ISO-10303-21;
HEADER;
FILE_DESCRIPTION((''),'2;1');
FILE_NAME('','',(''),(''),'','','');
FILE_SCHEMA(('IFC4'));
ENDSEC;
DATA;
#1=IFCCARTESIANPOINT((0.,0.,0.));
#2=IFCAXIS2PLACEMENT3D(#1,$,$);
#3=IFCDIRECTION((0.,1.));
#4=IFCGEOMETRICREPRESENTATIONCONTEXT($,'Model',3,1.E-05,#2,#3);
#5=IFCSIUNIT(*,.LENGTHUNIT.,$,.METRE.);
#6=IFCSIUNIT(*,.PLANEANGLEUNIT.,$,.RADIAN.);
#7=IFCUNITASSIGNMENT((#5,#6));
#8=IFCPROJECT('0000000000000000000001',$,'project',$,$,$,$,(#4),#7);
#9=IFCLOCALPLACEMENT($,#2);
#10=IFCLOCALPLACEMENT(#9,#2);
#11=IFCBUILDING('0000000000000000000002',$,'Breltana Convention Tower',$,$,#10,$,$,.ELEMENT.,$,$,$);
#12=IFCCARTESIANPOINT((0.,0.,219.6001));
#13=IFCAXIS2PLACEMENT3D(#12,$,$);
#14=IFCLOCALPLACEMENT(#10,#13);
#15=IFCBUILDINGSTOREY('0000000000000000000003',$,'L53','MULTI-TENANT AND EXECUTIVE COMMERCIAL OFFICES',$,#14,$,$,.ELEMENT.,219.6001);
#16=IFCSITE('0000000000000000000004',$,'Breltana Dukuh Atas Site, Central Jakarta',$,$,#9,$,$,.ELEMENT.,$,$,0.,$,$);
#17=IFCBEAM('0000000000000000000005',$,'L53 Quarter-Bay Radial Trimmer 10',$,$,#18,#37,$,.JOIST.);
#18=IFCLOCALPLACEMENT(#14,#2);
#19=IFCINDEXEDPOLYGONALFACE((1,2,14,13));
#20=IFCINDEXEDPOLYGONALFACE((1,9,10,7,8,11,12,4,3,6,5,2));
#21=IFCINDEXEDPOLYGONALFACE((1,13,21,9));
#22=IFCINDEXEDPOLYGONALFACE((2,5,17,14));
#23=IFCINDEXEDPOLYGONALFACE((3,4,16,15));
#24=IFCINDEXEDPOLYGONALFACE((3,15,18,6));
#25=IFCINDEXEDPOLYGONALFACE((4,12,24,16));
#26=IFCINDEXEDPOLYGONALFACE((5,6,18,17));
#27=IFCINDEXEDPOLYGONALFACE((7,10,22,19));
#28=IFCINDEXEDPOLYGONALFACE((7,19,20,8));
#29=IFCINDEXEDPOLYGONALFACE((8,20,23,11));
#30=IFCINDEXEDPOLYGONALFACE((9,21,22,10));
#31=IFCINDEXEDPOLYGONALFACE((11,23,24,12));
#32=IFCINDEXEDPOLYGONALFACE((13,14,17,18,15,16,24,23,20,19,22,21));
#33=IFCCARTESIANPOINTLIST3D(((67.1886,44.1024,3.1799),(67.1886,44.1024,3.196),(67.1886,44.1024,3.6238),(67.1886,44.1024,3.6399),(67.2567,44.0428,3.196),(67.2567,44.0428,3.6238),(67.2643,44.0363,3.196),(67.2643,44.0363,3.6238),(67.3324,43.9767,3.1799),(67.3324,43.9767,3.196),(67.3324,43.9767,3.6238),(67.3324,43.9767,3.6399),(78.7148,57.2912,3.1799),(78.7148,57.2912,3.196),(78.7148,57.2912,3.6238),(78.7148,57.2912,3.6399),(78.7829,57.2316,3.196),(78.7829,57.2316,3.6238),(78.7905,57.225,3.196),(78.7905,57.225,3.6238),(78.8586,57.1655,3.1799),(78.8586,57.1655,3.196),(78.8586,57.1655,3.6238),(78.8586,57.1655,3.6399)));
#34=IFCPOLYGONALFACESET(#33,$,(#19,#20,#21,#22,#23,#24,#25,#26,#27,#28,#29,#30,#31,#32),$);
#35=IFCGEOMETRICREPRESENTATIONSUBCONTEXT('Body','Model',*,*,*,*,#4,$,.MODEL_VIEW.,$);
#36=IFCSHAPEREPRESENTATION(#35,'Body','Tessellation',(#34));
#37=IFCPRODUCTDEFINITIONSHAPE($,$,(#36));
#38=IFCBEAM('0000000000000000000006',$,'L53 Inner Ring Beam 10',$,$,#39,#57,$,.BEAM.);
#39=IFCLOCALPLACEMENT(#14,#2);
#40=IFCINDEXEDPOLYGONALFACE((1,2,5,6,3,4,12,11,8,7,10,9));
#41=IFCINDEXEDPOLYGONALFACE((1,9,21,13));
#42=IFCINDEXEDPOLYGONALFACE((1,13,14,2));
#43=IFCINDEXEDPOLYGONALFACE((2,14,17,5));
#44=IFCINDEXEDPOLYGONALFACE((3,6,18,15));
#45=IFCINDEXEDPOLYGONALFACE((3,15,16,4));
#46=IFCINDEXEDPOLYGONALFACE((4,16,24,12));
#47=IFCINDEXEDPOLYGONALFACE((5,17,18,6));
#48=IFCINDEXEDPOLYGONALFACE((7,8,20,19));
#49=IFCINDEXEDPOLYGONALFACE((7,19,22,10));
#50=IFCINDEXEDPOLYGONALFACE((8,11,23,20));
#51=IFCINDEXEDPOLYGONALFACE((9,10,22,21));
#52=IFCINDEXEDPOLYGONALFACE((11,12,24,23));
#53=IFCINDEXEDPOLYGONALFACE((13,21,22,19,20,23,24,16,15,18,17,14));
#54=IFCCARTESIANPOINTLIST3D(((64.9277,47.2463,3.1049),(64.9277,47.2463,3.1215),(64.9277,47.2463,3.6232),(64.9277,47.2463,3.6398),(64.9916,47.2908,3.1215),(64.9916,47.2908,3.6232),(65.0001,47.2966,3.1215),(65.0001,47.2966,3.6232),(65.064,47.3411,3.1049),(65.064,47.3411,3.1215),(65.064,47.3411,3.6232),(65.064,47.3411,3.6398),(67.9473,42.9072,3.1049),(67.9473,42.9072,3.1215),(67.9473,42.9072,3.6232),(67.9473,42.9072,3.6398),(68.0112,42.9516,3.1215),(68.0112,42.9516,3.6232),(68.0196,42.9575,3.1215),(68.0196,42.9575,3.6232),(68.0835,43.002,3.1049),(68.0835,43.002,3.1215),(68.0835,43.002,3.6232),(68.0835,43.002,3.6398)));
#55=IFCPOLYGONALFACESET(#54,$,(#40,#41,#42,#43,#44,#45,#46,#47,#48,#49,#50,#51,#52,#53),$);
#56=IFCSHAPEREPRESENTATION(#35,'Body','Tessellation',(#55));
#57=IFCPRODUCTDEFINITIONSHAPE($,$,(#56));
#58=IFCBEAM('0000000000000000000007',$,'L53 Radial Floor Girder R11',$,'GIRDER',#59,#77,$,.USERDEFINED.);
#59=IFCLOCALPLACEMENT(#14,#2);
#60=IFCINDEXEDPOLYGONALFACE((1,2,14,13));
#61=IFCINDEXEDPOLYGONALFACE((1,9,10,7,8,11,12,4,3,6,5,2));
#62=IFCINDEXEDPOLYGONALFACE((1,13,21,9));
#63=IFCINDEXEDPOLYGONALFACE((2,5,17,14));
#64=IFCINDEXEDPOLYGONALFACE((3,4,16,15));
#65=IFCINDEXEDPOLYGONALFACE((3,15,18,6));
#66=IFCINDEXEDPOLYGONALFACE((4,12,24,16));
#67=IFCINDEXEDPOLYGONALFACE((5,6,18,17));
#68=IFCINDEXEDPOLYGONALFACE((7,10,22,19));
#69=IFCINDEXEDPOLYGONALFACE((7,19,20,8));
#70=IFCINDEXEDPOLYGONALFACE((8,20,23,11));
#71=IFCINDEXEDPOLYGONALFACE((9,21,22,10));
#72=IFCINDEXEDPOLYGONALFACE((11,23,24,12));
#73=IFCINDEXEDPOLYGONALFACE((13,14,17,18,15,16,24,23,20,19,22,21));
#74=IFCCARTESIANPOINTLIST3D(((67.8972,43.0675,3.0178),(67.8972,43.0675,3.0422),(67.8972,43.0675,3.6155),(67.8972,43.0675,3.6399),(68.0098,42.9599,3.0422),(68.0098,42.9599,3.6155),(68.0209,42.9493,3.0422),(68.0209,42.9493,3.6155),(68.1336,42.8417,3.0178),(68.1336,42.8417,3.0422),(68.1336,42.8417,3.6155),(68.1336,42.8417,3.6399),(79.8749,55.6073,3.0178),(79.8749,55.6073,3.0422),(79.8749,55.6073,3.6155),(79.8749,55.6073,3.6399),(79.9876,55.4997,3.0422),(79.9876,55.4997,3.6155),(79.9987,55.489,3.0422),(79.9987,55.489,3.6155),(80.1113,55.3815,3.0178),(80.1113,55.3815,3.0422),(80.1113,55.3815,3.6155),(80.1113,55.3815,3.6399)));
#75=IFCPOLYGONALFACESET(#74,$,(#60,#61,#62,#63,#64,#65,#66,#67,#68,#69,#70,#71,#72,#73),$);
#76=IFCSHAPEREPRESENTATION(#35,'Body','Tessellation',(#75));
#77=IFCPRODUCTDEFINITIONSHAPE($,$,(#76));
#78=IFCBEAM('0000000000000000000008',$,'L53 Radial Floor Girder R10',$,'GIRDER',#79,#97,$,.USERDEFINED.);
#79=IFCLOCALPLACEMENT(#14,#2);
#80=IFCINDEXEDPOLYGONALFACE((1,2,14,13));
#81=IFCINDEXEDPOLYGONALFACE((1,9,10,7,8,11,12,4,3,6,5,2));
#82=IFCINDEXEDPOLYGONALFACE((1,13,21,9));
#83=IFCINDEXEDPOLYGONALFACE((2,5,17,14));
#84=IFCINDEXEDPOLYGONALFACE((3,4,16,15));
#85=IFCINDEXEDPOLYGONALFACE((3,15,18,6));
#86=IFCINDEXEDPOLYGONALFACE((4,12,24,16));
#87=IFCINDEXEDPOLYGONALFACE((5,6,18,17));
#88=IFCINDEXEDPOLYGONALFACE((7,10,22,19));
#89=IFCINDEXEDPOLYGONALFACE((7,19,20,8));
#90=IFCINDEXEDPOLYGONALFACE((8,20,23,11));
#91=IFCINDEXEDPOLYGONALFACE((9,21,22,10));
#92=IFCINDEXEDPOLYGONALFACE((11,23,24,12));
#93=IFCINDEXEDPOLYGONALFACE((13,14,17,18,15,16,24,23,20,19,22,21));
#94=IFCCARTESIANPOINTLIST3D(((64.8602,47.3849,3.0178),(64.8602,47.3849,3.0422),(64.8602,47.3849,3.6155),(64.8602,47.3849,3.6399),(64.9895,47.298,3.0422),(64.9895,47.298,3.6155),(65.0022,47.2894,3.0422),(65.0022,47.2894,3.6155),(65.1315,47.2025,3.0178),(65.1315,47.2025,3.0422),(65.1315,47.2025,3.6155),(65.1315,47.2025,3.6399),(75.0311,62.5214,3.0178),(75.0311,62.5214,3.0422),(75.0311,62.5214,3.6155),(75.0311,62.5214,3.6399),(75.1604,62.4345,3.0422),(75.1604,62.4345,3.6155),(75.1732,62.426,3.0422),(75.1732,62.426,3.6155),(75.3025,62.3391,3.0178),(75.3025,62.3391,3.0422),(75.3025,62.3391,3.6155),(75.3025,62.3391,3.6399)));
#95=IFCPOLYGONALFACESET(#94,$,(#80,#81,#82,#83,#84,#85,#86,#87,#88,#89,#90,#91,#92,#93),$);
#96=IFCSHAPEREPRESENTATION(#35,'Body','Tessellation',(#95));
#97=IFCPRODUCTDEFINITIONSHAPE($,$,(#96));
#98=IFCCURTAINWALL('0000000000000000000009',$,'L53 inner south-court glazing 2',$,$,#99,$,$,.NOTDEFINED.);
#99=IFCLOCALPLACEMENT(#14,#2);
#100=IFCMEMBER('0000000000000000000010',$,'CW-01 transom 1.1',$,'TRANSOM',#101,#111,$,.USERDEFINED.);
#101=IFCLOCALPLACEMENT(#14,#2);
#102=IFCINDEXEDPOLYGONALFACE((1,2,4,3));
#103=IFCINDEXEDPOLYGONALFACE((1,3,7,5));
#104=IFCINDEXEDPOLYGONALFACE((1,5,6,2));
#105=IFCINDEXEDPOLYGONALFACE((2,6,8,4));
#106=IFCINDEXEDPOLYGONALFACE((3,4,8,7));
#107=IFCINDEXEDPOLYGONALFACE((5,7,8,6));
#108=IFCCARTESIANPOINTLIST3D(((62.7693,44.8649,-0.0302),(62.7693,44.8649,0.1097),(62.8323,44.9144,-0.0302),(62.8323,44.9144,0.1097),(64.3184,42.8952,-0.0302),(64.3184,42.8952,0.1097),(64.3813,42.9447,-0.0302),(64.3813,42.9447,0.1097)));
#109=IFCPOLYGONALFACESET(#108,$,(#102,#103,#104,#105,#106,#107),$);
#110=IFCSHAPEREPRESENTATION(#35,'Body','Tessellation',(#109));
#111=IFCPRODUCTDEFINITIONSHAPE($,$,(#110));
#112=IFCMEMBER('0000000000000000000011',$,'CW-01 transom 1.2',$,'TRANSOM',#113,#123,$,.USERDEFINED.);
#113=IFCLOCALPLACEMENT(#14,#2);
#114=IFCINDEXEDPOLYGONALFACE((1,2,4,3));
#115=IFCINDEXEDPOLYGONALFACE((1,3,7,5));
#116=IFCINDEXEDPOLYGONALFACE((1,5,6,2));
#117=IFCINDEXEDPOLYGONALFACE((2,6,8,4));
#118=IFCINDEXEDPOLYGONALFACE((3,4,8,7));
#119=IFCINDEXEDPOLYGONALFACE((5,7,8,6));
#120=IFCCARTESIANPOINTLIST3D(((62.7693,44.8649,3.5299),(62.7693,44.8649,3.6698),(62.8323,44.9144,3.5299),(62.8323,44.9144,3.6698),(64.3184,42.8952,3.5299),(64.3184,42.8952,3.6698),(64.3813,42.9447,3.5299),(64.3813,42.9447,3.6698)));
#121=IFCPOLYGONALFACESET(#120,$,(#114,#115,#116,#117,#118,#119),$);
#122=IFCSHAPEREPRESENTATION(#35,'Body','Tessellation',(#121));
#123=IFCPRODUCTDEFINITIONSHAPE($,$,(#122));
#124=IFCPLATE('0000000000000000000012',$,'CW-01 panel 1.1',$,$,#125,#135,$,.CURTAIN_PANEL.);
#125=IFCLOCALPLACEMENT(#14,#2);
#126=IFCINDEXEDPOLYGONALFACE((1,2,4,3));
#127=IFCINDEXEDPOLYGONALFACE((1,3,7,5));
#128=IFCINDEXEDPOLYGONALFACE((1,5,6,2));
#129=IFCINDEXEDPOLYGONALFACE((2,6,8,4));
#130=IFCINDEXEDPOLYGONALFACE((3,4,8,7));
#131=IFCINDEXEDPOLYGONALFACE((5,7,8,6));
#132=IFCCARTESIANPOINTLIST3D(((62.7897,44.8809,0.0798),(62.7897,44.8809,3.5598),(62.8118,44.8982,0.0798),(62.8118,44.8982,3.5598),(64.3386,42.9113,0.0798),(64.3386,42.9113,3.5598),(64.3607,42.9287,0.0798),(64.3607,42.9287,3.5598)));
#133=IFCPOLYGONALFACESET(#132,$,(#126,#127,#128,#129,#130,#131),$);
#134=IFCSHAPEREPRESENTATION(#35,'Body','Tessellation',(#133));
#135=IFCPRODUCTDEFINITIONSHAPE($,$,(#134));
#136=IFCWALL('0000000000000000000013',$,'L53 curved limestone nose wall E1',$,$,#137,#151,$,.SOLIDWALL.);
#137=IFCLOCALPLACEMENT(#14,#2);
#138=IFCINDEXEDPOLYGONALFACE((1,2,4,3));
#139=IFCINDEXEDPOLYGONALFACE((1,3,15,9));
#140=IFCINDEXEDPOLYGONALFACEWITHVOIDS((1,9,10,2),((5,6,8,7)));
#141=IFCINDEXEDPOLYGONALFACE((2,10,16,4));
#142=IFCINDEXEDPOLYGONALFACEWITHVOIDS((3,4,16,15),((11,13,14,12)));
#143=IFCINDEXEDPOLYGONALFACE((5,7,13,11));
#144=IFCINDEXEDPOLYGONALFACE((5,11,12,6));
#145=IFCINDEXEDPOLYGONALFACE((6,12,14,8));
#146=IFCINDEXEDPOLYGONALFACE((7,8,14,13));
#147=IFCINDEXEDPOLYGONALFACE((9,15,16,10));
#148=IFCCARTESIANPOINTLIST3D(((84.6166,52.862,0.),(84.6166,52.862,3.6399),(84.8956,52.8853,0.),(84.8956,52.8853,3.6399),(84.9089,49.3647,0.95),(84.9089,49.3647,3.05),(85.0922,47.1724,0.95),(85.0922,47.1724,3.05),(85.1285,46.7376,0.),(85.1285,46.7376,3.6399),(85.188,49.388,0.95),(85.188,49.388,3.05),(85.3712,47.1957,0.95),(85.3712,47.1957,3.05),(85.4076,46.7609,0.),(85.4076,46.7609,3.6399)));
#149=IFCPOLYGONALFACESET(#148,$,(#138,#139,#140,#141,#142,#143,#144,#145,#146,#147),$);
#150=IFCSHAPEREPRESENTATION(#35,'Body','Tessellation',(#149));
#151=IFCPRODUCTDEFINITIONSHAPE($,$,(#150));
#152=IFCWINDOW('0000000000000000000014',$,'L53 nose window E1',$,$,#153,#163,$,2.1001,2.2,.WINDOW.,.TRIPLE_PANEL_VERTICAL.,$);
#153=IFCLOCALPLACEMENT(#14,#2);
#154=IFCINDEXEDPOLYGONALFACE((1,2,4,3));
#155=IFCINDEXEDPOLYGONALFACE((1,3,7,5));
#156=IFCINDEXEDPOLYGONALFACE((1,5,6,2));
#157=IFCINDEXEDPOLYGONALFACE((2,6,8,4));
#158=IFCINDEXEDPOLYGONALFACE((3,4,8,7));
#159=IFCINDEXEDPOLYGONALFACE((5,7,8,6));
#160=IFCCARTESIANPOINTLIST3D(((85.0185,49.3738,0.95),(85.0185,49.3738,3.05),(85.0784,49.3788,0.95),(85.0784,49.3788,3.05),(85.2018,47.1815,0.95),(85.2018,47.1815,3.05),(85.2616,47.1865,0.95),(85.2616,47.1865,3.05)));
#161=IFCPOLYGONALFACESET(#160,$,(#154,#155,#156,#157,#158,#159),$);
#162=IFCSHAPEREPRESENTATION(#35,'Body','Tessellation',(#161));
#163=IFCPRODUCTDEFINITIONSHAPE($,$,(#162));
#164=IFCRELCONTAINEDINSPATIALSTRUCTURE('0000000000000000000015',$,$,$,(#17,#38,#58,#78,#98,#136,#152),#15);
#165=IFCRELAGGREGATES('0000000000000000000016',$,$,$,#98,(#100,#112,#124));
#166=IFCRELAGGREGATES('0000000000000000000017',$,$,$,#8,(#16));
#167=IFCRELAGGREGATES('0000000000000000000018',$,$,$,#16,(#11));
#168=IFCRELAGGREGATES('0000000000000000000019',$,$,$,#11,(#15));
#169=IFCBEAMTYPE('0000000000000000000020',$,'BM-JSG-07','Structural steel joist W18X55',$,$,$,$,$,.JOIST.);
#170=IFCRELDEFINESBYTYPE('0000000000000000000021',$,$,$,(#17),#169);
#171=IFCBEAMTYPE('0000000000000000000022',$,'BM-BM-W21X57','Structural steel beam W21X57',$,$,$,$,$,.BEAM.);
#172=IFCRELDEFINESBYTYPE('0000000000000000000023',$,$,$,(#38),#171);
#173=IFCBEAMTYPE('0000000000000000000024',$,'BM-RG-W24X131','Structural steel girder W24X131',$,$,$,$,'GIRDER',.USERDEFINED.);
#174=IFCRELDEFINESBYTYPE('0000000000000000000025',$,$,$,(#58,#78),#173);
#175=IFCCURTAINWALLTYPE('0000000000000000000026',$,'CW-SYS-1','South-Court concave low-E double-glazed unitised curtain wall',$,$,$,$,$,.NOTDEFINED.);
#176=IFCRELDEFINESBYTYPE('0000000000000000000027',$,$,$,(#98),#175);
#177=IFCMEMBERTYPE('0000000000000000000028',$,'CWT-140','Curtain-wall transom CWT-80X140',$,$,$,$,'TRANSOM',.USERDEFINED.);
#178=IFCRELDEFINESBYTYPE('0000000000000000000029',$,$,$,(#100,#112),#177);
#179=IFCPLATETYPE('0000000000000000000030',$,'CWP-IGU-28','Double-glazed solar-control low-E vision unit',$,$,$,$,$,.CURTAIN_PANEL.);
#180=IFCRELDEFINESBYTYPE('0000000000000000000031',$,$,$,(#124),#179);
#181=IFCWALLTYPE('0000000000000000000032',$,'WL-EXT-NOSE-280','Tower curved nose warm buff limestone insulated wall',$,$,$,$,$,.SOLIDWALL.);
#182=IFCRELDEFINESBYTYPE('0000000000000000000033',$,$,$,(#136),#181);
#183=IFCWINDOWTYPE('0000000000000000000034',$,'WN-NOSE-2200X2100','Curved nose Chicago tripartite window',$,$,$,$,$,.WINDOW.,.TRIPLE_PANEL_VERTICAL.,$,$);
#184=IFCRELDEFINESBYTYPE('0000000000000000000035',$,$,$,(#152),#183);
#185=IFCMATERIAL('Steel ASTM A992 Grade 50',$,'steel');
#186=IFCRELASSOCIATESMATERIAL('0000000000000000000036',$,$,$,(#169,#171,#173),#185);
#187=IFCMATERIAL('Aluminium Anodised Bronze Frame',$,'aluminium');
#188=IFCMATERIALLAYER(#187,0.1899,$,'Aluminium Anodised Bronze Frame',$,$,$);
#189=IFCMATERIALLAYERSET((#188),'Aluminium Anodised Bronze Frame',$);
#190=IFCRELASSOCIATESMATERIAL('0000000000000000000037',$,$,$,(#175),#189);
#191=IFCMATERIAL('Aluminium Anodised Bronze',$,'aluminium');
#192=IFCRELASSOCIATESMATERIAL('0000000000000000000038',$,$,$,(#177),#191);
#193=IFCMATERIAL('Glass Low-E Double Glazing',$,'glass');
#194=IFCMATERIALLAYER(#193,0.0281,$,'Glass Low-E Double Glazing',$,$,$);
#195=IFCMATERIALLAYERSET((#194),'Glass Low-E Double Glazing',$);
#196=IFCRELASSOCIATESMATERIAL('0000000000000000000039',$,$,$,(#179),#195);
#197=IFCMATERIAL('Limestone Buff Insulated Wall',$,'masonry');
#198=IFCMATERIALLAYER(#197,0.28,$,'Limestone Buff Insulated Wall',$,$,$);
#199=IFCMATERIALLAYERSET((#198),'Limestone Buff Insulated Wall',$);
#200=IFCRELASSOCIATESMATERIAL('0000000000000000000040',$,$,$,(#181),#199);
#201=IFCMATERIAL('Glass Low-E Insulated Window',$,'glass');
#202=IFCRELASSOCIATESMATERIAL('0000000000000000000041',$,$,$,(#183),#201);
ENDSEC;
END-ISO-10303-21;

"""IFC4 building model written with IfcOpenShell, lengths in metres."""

from ifc_helpers import new_model, si_unit, direction, frame, frame_2d, origin, origin_2d, place, context, subcontext, project, spatial, rectangle, i_section, extrude, source, transform, mapped, material, layer, layer_set, material_profile, profile_set, type_object, type_shapes, element, fill, aggregate, save


model = new_model("IFC4")

# Units and contexts
model_context = context("Model", 3, precision=1e-05, world=origin(), true_north=direction((0.0, 1.0)))
body_context = subcontext(model_context, "Body", "Model", "MODEL_VIEW")
ifc_project = project(units=[si_unit("LENGTHUNIT", "METRE"), si_unit("PLANEANGLEUNIT", "RADIAN")], contexts=[model_context])

# Site, building, storey
site_placement = place(None, origin())
site = spatial("IfcSite", under=ifc_project, at=site_placement, Name="Breltana Dukuh Atas Site, Central Jakarta", CompositionType="ELEMENT", RefElevation=0.0)
building_placement = place(site_placement, origin())
building = spatial("IfcBuilding", under=site, at=building_placement, Name="Breltana Convention Tower", CompositionType="ELEMENT")
storey_placement = place(building_placement, frame((0.0, 0.0, 219.6001)))
storey = spatial("IfcBuildingStorey", under=building, at=storey_placement, Name="L53", Description="MULTI-TENANT AND EXECUTIVE COMMERCIAL OFFICES", CompositionType="ELEMENT", Elevation=219.6001)

# Shared definitions
ifc_material_1 = material(Name="Steel ASTM A992 Grade 50", Category="steel")

# Beams
ifc_material_profile_1 = material_profile(ifc_material_1, i_section(OverallWidth=0.1909, OverallDepth=0.46, WebThickness=0.01, FlangeThickness=0.0161, at=origin_2d()), Name="W18X55")
ifc_profile_set_1 = profile_set([ifc_material_profile_1], Name="Steel ASTM A992 Grade 50")
beam_type_1 = type_object("IfcBeamType", Name="BM-JSG-07", Description="Structural steel joist W18X55", PredefinedType="JOIST", material=ifc_profile_set_1)
shared_shape_1 = source(origin(), body_context, "Body", "SweptSolid", [
    extrude(i_section(OverallWidth=0.1909, OverallDepth=0.46, WebThickness=0.01, FlangeThickness=0.0161, at=origin_2d()), origin(), (0.0, 0.0, 1.0), 17.5156),
])
beam_1_placement = place(storey_placement, frame((67.2605, 44.0396, 3.4099), z_axis=(0.658052, 0.752973, 0.0), x_axis=(-0.752973, 0.658052, 0.0)))
element("IfcBeam", 1, at=beam_1_placement, inside=storey, type_object=beam_type_1, Name="L53 Quarter-Bay Radial Trimmer 10", PredefinedType="JOIST", context=body_context, shape_type="MappedRepresentation", body=[
    mapped(shared_shape_1, transform((0.0, 0.0, 0.0), scale=1.0)),
])
ifc_material_profile_2 = material_profile(ifc_material_1, i_section(OverallWidth=0.166, OverallDepth=0.5349, WebThickness=0.0103, FlangeThickness=0.0166, at=origin_2d()), Name="W21X57")
ifc_profile_set_2 = profile_set([ifc_material_profile_2], Name="Steel ASTM A992 Grade 50")
beam_type_2 = type_object("IfcBeamType", Name="BM-BM-W21X57", Description="Structural steel beam W21X57", PredefinedType="BEAM", material=ifc_profile_set_2)
shared_shape_2 = source(origin(), body_context, "Body", "SweptSolid", [
    extrude(i_section(OverallWidth=0.166, OverallDepth=0.5349, WebThickness=0.0103, FlangeThickness=0.0166, at=origin_2d()), origin(), (0.0, 0.0, 1.0), 5.2864),
])
beam_2_placement = place(storey_placement, frame((64.9958, 47.2937, 3.3723), z_axis=(0.571194, -0.820815, 0.0), x_axis=(0.820815, 0.571194, 0.0)))
element("IfcBeam", 2, at=beam_2_placement, inside=storey, type_object=beam_type_2, Name="L53 Inner Ring Beam 10", PredefinedType="BEAM", context=body_context, shape_type="MappedRepresentation", body=[
    mapped(shared_shape_2, transform((0.0, 0.0, 0.0), scale=1.0)),
])
ifc_material_profile_3 = material_profile(ifc_material_1, i_section(OverallWidth=0.3269, OverallDepth=0.6221, WebThickness=0.0154, FlangeThickness=0.0244, at=origin_2d()), Name="W24X131")
ifc_profile_set_3 = profile_set([ifc_material_profile_3], Name="Steel ASTM A992 Grade 50")
beam_type_3 = type_object("IfcBeamType", Name="BM-RG-W24X131", Description="Structural steel girder W24X131", ElementType="GIRDER", PredefinedType="USERDEFINED", material=ifc_profile_set_3)
shared_shape_3 = source(origin(), body_context, "Body", "SweptSolid", [
    extrude(i_section(OverallWidth=0.3269, OverallDepth=0.6221, WebThickness=0.0154, FlangeThickness=0.0244, at=origin_2d()), origin(), (0.0, 0.0, 1.0), 17.3411),
])
type_shapes(beam_type_3, [shared_shape_3])
beam_3_placement = place(storey_placement, frame((68.0154, 42.9546, 3.3289), z_axis=(0.690716, 0.723126, 0.0), x_axis=(-0.723126, 0.690716, 0.0)))
element("IfcBeam", 3, at=beam_3_placement, inside=storey, type_object=beam_type_3, Name="L53 Radial Floor Girder R11", ObjectType="GIRDER", PredefinedType="USERDEFINED", context=body_context, shape_type="MappedRepresentation", body=[
    mapped(shared_shape_3, transform((0.0, 0.0, 0.0), scale=1.0)),
])
shared_shape_4 = source(origin(), body_context, "Body", "SweptSolid", [
    extrude(i_section(OverallWidth=0.3269, OverallDepth=0.6221, WebThickness=0.0154, FlangeThickness=0.0244, at=origin_2d()), origin(), (0.0, 0.0, 1.0), 18.2363),
])
beam_4_placement = place(storey_placement, frame((64.9958, 47.2937, 3.3289), z_axis=(0.55773, 0.830022, 0.0), x_axis=(-0.830022, 0.55773, 0.0)))
element("IfcBeam", 4, at=beam_4_placement, inside=storey, type_object=beam_type_3, Name="L53 Radial Floor Girder R10", ObjectType="GIRDER", PredefinedType="USERDEFINED", context=body_context, shape_type="MappedRepresentation", body=[
    mapped(shared_shape_4, transform((0.0, 0.0, 0.0), scale=1.0)),
])

# Curtain wall, members, plate
ifc_material_2 = material(Name="Aluminium Anodised Bronze Frame", Category="aluminium")
ifc_layer_1 = layer(ifc_material_2, 0.1899, Name="Aluminium Anodised Bronze Frame")
ifc_layer_set_1 = layer_set([ifc_layer_1], Name="Aluminium Anodised Bronze Frame")
curtain_wall_type = type_object("IfcCurtainWallType", Name="CW-SYS-1", Description="South-Court concave low-E double-glazed unitised curtain wall", PredefinedType="NOTDEFINED", material=ifc_layer_set_1)
curtain_wall_placement = place(storey_placement, origin())
curtain_wall = element("IfcCurtainWall", 5, at=curtain_wall_placement, inside=storey, type_object=curtain_wall_type, Name="L53 inner south-court glazing 2", PredefinedType="NOTDEFINED")
ifc_material_3 = material(Name="Aluminium Anodised Bronze", Category="aluminium")
ifc_material_profile_4 = material_profile(ifc_material_3, rectangle(XDim=0.0801, YDim=0.1399, at=origin_2d()), Name="CWT-80X140")
ifc_profile_set_4 = profile_set([ifc_material_profile_4], Name="Aluminium Anodised Bronze")
member_type = type_object("IfcMemberType", Name="CWT-140", Description="Curtain-wall transom CWT-80X140", ElementType="TRANSOM", PredefinedType="USERDEFINED", material=ifc_profile_set_4)
shared_shape_5 = source(origin(), body_context, "Body", "SweptSolid", [
    extrude(rectangle(XDim=0.0801, YDim=0.1399, at=origin_2d()), origin(), (0.0, 0.0, 1.0), 2.5059),
])
member_1_placement = place(storey_placement, frame((64.3499, 42.9199, 0.0398), z_axis=(-0.618174, 0.786041, 0.0), x_axis=(-0.786041, -0.618174, 0.0)))
member_1 = element("IfcMember", 6, at=member_1_placement, type_object=member_type, Name="CW-01 transom 1.1", ObjectType="TRANSOM", PredefinedType="USERDEFINED", context=body_context, shape_type="MappedRepresentation", body=[
    mapped(shared_shape_5, transform((0.0, 0.0, 0.0), scale=1.0)),
])
member_2_placement = place(storey_placement, frame((64.3499, 42.9199, 3.5999), z_axis=(-0.618174, 0.786041, 0.0), x_axis=(-0.786041, -0.618174, 0.0)))
member_2 = element("IfcMember", 7, at=member_2_placement, type_object=member_type, Name="CW-01 transom 1.2", ObjectType="TRANSOM", PredefinedType="USERDEFINED", context=body_context, shape_type="MappedRepresentation", body=[
    mapped(shared_shape_5, transform((0.0, 0.0, 0.0), scale=1.0)),
])
ifc_material_4 = material(Name="Glass Low-E Double Glazing", Category="glass")
ifc_layer_2 = layer(ifc_material_4, 0.0281, Name="Glass Low-E Double Glazing")
ifc_layer_set_2 = layer_set([ifc_layer_2], Name="Glass Low-E Double Glazing")
plate_type = type_object("IfcPlateType", Name="CWP-IGU-28", Description="Double-glazed solar-control low-E vision unit", PredefinedType="CURTAIN_PANEL", material=ifc_layer_set_2)
shared_shape_6 = source(origin(), body_context, "Body", "SweptSolid", [
    extrude(rectangle(XDim=2.5056, YDim=0.0281, at=origin_2d()), origin(), (0.0, 0.0, 1.0), 3.48),
])
plate_placement = place(storey_placement, frame((63.5752, 43.9048, 0.0798), z_axis=(0.0, 0.0, 1.0), x_axis=(-0.61815, 0.786061, 0.0)))
plate = element("IfcPlate", 8, at=plate_placement, type_object=plate_type, Name="CW-01 panel 1.1", PredefinedType="CURTAIN_PANEL", context=body_context, shape_type="MappedRepresentation", body=[
    mapped(shared_shape_6, transform((0.0, 0.0, 0.0), scale=1.0)),
])
aggregate(curtain_wall, [member_1, member_2, plate])

# Wall, opening, window
ifc_material_5 = material(Name="Limestone Buff Insulated Wall", Category="masonry")
ifc_layer_3 = layer(ifc_material_5, 0.28, Name="Limestone Buff Insulated Wall")
ifc_layer_set_3 = layer_set([ifc_layer_3], Name="Limestone Buff Insulated Wall")
wall_type = type_object("IfcWallType", Name="WL-EXT-NOSE-280", Description="Tower curved nose warm buff limestone insulated wall", PredefinedType="SOLIDWALL", material=ifc_layer_set_3)
shared_shape_7 = source(origin(), body_context, "Body", "SweptSolid", [
    extrude(rectangle(XDim=6.1458, YDim=0.28, at=frame_2d((3.0728, 0.0))), origin(), (0.0, 0.0, 1.0), 3.6399),
])
wall_1_placement = place(storey_placement, frame((84.7561, 52.8735, 0.0), z_axis=(0.0, 0.0, 1.0), x_axis=(0.083302, -0.996524, 0.0)))
wall_1 = element("IfcWall", 9, at=wall_1_placement, inside=storey, type_object=wall_type, Name="L53 curved limestone nose wall E1", PredefinedType="SOLIDWALL", context=body_context, shape_type="MappedRepresentation", body=[
    mapped(shared_shape_7, transform((0.0, 0.0, 0.0), scale=1.0)),
])
opening_1_placement = place(wall_1_placement, frame((3.5093, 0.0, 0.95)))
opening_1 = element("IfcOpeningElement", 10, at=opening_1_placement, cuts=wall_1, PredefinedType="OPENING", context=body_context, shape_type="SweptSolid", body=[
    extrude(rectangle(XDim=2.2, YDim=2.1001, at=frame_2d((1.1001, 1.05))), frame((0.0, 0.1499, 0.0), z_axis=(0.0, -1.0, 0.0), x_axis=(1.0, 0.0, 0.0)), (0.0, 0.0, 1.0), 0.3),
])
ifc_material_6 = material(Name="Glass Low-E Insulated Window", Category="glass")
window_type = type_object("IfcWindowType", Name="WN-NOSE-2200X2100", Description="Curved nose Chicago tripartite window", PartitioningType="TRIPLE_PANEL_VERTICAL", PredefinedType="WINDOW", material=ifc_material_6)
shared_shape_8 = source(origin(), body_context, "Body", "SweptSolid", [
    extrude(rectangle(XDim=2.2, YDim=2.1001, at=frame_2d((1.1001, 1.05))), frame((0.0, 0.03, 0.0), z_axis=(0.0, -1.0, 0.0), x_axis=(1.0, 0.0, 0.0)), (0.0, 0.0, 1.0), 0.0601),
])
type_shapes(window_type, [shared_shape_8])
window_1_placement = place(opening_1_placement, origin())
window_1 = element("IfcWindow", 11, at=window_1_placement, inside=storey, type_object=window_type, Name="L53 nose window E1", OverallHeight=2.1001, OverallWidth=2.2, PartitioningType="TRIPLE_PANEL_VERTICAL", PredefinedType="WINDOW", context=body_context, shape_type="MappedRepresentation", body=[
    mapped(shared_shape_8, transform((0.0, 0.0, 0.0), scale=1.0)),
])
fill(opening_1, window_1)

save(model, "model.ifc")
